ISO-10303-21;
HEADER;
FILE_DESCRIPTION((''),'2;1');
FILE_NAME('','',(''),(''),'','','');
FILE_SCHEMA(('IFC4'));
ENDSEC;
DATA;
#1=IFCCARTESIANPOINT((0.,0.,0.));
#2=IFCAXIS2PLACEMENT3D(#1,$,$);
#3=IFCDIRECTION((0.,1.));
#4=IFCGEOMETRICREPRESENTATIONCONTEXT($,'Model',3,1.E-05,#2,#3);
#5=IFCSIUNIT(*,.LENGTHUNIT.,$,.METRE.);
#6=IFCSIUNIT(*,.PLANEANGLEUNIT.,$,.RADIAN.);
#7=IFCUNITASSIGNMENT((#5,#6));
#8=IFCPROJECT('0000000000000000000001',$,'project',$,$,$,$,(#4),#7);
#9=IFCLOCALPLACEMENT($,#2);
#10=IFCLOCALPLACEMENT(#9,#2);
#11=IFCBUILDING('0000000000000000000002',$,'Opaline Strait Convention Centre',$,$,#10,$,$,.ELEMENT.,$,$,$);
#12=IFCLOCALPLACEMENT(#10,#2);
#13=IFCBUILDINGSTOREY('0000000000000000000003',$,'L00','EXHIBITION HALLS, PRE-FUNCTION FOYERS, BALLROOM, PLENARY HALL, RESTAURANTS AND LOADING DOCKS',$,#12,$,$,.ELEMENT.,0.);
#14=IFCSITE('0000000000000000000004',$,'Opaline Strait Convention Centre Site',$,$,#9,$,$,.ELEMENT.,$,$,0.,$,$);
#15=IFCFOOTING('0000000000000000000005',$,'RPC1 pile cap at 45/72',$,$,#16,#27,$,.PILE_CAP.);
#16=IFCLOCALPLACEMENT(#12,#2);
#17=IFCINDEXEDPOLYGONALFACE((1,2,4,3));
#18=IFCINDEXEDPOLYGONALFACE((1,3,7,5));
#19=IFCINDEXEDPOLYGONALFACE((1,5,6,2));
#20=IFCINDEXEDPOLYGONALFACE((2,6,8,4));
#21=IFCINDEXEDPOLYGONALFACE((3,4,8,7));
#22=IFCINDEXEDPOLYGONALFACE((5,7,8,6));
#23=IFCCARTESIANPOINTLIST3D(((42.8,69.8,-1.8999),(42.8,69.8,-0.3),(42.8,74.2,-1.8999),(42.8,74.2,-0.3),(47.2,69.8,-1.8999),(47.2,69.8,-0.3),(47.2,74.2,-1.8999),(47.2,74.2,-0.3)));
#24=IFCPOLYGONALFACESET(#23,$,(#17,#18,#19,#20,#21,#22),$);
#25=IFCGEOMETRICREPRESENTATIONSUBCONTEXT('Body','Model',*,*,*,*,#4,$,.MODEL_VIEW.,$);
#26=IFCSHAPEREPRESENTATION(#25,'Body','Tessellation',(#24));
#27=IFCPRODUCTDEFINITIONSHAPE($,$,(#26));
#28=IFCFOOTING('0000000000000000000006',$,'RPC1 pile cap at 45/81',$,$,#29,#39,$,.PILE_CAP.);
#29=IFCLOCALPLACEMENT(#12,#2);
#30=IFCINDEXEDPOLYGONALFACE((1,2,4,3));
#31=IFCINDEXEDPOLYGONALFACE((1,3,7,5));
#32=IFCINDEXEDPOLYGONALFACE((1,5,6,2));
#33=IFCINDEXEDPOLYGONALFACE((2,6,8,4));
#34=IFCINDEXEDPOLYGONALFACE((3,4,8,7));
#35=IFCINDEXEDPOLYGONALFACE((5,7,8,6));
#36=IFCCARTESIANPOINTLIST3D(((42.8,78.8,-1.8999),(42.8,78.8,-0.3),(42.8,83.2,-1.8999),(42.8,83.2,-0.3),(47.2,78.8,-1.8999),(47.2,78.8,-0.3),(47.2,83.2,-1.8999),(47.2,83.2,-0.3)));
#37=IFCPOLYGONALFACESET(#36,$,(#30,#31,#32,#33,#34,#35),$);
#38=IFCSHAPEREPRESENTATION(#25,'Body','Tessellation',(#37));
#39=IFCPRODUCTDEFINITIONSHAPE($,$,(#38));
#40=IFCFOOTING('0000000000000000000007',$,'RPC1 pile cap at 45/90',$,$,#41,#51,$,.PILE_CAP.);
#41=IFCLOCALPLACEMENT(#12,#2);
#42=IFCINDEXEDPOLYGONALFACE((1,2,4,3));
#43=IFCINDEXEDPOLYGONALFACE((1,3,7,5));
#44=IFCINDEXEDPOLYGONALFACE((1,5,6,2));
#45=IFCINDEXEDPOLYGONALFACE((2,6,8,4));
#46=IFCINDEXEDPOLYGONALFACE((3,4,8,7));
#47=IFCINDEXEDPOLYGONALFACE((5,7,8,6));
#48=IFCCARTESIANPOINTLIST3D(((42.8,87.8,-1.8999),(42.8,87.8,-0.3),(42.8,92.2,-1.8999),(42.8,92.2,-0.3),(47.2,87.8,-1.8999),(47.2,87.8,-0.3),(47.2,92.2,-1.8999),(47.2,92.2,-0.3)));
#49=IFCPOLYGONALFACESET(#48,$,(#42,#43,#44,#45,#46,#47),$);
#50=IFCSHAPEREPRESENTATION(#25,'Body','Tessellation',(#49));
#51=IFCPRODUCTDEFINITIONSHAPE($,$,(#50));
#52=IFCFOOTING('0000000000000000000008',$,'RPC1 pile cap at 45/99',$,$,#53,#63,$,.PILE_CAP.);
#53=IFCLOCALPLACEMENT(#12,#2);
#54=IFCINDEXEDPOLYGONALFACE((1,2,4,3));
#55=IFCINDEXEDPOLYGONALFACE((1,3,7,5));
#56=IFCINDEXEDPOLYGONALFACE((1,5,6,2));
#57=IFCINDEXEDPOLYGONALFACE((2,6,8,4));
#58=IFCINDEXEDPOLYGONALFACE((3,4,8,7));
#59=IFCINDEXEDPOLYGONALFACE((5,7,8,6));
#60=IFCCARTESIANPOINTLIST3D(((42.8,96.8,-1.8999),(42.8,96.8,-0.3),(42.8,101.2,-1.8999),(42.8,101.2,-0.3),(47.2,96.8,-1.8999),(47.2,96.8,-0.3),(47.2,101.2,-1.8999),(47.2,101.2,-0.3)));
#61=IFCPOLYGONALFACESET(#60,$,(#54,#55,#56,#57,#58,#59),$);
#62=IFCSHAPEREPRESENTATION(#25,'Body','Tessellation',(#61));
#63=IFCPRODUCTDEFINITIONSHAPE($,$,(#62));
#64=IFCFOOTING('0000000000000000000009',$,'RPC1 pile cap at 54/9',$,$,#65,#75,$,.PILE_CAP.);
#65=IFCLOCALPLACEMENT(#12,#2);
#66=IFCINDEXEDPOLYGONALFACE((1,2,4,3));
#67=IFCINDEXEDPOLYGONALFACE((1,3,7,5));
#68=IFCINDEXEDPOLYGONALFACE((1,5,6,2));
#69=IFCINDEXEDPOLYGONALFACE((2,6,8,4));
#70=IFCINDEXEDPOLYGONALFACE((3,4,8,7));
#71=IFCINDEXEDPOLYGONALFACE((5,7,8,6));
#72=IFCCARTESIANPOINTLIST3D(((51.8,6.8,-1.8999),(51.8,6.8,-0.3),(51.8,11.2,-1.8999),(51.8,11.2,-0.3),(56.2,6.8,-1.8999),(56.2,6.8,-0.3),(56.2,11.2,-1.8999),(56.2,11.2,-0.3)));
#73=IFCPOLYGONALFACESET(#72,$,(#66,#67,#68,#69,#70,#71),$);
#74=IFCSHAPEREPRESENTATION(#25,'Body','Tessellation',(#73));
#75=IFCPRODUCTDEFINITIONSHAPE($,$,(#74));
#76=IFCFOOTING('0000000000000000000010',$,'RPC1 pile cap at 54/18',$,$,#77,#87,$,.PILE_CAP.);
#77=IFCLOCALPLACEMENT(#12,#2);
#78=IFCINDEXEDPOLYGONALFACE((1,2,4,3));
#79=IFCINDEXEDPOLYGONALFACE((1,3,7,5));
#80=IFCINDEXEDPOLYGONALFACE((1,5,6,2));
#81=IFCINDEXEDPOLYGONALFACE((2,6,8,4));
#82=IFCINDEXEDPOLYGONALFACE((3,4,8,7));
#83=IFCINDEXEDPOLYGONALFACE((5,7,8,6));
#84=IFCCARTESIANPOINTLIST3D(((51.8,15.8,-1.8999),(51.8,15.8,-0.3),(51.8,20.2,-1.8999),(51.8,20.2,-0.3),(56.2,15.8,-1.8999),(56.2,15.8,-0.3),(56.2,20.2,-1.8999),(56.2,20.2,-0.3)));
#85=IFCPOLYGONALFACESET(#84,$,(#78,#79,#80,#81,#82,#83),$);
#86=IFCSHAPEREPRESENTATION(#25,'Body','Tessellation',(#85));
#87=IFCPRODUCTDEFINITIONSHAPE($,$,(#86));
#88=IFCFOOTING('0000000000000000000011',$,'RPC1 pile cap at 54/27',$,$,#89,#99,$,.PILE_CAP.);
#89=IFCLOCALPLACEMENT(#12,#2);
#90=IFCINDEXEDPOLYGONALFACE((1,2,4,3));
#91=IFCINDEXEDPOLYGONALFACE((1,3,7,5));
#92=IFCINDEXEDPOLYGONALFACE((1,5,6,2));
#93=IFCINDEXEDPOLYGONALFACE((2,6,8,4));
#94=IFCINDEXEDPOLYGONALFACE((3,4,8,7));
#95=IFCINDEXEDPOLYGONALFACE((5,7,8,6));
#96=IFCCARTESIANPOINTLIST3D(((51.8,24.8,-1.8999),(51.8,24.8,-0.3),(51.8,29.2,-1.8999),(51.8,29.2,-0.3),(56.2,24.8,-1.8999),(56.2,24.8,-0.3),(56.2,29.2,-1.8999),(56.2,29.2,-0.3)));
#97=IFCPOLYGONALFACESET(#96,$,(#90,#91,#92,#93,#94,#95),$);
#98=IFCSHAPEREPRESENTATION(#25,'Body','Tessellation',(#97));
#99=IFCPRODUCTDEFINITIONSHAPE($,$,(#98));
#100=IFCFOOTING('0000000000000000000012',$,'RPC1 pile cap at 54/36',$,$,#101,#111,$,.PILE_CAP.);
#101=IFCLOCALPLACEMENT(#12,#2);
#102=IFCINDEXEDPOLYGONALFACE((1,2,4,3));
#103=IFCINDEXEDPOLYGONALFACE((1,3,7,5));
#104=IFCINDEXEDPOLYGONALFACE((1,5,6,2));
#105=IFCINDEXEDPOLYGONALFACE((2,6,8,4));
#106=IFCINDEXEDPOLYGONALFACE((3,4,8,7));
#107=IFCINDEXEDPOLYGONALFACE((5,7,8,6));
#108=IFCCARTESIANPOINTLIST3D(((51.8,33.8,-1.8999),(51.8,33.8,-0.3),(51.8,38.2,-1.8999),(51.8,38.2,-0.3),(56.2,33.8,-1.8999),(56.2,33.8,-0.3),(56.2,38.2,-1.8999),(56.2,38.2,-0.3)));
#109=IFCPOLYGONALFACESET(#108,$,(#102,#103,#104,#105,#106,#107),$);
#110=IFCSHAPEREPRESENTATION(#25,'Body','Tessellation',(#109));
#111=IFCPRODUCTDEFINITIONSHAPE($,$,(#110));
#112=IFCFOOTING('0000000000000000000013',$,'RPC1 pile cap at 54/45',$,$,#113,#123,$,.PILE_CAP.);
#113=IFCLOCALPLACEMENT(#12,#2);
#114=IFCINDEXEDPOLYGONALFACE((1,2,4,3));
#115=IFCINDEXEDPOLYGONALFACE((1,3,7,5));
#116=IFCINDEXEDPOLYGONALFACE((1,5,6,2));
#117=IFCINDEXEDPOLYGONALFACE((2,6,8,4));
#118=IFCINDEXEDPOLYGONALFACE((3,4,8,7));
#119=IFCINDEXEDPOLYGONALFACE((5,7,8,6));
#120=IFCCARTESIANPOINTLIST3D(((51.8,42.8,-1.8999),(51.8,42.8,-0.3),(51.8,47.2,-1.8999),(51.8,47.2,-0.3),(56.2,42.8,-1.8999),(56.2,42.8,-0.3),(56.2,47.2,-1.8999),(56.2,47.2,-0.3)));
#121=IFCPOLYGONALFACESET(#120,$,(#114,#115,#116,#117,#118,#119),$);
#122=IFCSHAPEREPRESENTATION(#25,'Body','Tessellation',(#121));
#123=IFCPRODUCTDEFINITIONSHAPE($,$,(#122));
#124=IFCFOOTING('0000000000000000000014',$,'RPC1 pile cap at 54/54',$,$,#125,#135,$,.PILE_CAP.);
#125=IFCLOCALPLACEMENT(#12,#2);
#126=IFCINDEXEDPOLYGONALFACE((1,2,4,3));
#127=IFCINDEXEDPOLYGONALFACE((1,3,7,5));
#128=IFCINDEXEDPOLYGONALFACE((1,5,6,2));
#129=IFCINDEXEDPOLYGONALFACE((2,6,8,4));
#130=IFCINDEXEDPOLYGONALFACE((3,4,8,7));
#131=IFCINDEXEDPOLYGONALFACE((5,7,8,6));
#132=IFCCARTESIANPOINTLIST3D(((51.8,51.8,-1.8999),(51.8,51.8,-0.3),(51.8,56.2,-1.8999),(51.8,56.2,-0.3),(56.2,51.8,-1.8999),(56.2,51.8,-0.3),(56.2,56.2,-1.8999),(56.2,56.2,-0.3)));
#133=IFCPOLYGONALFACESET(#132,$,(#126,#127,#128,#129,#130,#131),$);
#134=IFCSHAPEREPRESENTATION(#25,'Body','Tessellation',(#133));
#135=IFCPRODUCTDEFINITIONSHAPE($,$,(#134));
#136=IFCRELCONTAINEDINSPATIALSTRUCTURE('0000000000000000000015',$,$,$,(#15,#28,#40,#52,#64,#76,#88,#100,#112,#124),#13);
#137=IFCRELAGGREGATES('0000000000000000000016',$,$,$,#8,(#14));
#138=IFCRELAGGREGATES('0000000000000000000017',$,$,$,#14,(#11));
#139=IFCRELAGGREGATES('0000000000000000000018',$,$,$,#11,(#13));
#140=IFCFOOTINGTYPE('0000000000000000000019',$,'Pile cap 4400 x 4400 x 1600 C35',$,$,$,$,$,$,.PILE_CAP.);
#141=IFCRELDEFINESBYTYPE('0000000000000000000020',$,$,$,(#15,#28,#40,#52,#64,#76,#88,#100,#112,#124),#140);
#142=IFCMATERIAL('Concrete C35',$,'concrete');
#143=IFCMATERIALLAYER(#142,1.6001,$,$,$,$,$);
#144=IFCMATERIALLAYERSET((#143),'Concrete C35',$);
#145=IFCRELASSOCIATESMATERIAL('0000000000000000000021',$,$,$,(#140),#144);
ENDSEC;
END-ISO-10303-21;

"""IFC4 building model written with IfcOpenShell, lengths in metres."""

from ifc_helpers import new_model, si_unit, direction, frame, origin, place, context, subcontext, project, spatial, polyline, outline, extrude, material, layer, layer_set, type_object, element, save


model = new_model("IFC4")

# Units and contexts
model_context = context("Model", 3, precision=1e-05, world=origin(), true_north=direction((0.0, 1.0)))
body_context = subcontext(model_context, "Body", "Model", "MODEL_VIEW")
ifc_project = project(units=[si_unit("LENGTHUNIT", "METRE"), si_unit("PLANEANGLEUNIT", "RADIAN")], contexts=[model_context])

# Site, building, storey
site_placement = place(None, origin())
site = spatial("IfcSite", under=ifc_project, at=site_placement, Name="Opaline Strait Convention Centre Site", CompositionType="ELEMENT", RefElevation=0.0)
building_placement = place(site_placement, origin())
building = spatial("IfcBuilding", under=site, at=building_placement, Name="Opaline Strait Convention Centre", CompositionType="ELEMENT")
storey_placement = place(building_placement, origin())
storey = spatial("IfcBuildingStorey", under=building, at=storey_placement, Name="L00", Description="EXHIBITION HALLS, PRE-FUNCTION FOYERS, BALLROOM, PLENARY HALL, RESTAURANTS AND LOADING DOCKS", CompositionType="ELEMENT", Elevation=0.0)

# Footings
ifc_material = material(Name="Concrete C35", Category="concrete")
ifc_layer = layer(ifc_material, 1.6001)
ifc_layer_set = layer_set([ifc_layer], Name="Concrete C35")
footing_type = type_object("IfcFootingType", Name="Pile cap 4400 x 4400 x 1600 C35", PredefinedType="PILE_CAP", material=ifc_layer_set)
footing_1_placement = place(storey_placement, frame((0.0, 0.0, -1.8999)))
element("IfcFooting", 1, at=footing_1_placement, inside=storey, type_object=footing_type, Name="RPC1 pile cap at 45/72", PredefinedType="PILE_CAP", context=body_context, shape_type="SweptSolid", body=[
    extrude(outline(polyline([(42.8, 69.8), (47.2, 69.8), (47.2, 74.2), (42.8, 74.2), (42.8, 69.8)])), origin(), (0.0, 0.0, 1.0), 1.5999),
])
footing_2_placement = place(storey_placement, frame((0.0, 0.0, -1.8999)))
element("IfcFooting", 2, at=footing_2_placement, inside=storey, type_object=footing_type, Name="RPC1 pile cap at 45/81", PredefinedType="PILE_CAP", context=body_context, shape_type="SweptSolid", body=[
    extrude(outline(polyline([(42.8, 78.8), (47.2, 78.8), (47.2, 83.2), (42.8, 83.2), (42.8, 78.8)])), origin(), (0.0, 0.0, 1.0), 1.5999),
])
footing_3_placement = place(storey_placement, frame((0.0, 0.0, -1.8999)))
element("IfcFooting", 3, at=footing_3_placement, inside=storey, type_object=footing_type, Name="RPC1 pile cap at 45/90", PredefinedType="PILE_CAP", context=body_context, shape_type="SweptSolid", body=[
    extrude(outline(polyline([(42.8, 87.8), (47.2, 87.8), (47.2, 92.2), (42.8, 92.2), (42.8, 87.8)])), origin(), (0.0, 0.0, 1.0), 1.5999),
])
footing_4_placement = place(storey_placement, frame((0.0, 0.0, -1.8999)))
element("IfcFooting", 4, at=footing_4_placement, inside=storey, type_object=footing_type, Name="RPC1 pile cap at 45/99", PredefinedType="PILE_CAP", context=body_context, shape_type="SweptSolid", body=[
    extrude(outline(polyline([(42.8, 96.8), (47.2, 96.8), (47.2, 101.2), (42.8, 101.2), (42.8, 96.8)])), origin(), (0.0, 0.0, 1.0), 1.5999),
])
footing_5_placement = place(storey_placement, frame((0.0, 0.0, -1.8999)))
element("IfcFooting", 5, at=footing_5_placement, inside=storey, type_object=footing_type, Name="RPC1 pile cap at 54/9", PredefinedType="PILE_CAP", context=body_context, shape_type="SweptSolid", body=[
    extrude(outline(polyline([(51.8, 6.8), (56.2, 6.8), (56.2, 11.2), (51.8, 11.2), (51.8, 6.8)])), origin(), (0.0, 0.0, 1.0), 1.5999),
])
footing_6_placement = place(storey_placement, frame((0.0, 0.0, -1.8999)))
element("IfcFooting", 6, at=footing_6_placement, inside=storey, type_object=footing_type, Name="RPC1 pile cap at 54/18", PredefinedType="PILE_CAP", context=body_context, shape_type="SweptSolid", body=[
    extrude(outline(polyline([(51.8, 15.8), (56.2, 15.8), (56.2, 20.2), (51.8, 20.2), (51.8, 15.8)])), origin(), (0.0, 0.0, 1.0), 1.5999),
])
footing_7_placement = place(storey_placement, frame((0.0, 0.0, -1.8999)))
element("IfcFooting", 7, at=footing_7_placement, inside=storey, type_object=footing_type, Name="RPC1 pile cap at 54/27", PredefinedType="PILE_CAP", context=body_context, shape_type="SweptSolid", body=[
    extrude(outline(polyline([(51.8, 24.8), (56.2, 24.8), (56.2, 29.2), (51.8, 29.2), (51.8, 24.8)])), origin(), (0.0, 0.0, 1.0), 1.5999),
])
footing_8_placement = place(storey_placement, frame((0.0, 0.0, -1.8999)))
element("IfcFooting", 8, at=footing_8_placement, inside=storey, type_object=footing_type, Name="RPC1 pile cap at 54/36", PredefinedType="PILE_CAP", context=body_context, shape_type="SweptSolid", body=[
    extrude(outline(polyline([(51.8, 33.8), (56.2, 33.8), (56.2, 38.2), (51.8, 38.2), (51.8, 33.8)])), origin(), (0.0, 0.0, 1.0), 1.5999),
])
footing_9_placement = place(storey_placement, frame((0.0, 0.0, -1.8999)))
element("IfcFooting", 9, at=footing_9_placement, inside=storey, type_object=footing_type, Name="RPC1 pile cap at 54/45", PredefinedType="PILE_CAP", context=body_context, shape_type="SweptSolid", body=[
    extrude(outline(polyline([(51.8, 42.8), (56.2, 42.8), (56.2, 47.2), (51.8, 47.2), (51.8, 42.8)])), origin(), (0.0, 0.0, 1.0), 1.5999),
])
footing_10_placement = place(storey_placement, frame((0.0, 0.0, -1.8999)))
element("IfcFooting", 10, at=footing_10_placement, inside=storey, type_object=footing_type, Name="RPC1 pile cap at 54/54", PredefinedType="PILE_CAP", context=body_context, shape_type="SweptSolid", body=[
    extrude(outline(polyline([(51.8, 51.8), (56.2, 51.8), (56.2, 56.2), (51.8, 56.2), (51.8, 51.8)])), origin(), (0.0, 0.0, 1.0), 1.5999),
])

save(model, "model.ifc")
